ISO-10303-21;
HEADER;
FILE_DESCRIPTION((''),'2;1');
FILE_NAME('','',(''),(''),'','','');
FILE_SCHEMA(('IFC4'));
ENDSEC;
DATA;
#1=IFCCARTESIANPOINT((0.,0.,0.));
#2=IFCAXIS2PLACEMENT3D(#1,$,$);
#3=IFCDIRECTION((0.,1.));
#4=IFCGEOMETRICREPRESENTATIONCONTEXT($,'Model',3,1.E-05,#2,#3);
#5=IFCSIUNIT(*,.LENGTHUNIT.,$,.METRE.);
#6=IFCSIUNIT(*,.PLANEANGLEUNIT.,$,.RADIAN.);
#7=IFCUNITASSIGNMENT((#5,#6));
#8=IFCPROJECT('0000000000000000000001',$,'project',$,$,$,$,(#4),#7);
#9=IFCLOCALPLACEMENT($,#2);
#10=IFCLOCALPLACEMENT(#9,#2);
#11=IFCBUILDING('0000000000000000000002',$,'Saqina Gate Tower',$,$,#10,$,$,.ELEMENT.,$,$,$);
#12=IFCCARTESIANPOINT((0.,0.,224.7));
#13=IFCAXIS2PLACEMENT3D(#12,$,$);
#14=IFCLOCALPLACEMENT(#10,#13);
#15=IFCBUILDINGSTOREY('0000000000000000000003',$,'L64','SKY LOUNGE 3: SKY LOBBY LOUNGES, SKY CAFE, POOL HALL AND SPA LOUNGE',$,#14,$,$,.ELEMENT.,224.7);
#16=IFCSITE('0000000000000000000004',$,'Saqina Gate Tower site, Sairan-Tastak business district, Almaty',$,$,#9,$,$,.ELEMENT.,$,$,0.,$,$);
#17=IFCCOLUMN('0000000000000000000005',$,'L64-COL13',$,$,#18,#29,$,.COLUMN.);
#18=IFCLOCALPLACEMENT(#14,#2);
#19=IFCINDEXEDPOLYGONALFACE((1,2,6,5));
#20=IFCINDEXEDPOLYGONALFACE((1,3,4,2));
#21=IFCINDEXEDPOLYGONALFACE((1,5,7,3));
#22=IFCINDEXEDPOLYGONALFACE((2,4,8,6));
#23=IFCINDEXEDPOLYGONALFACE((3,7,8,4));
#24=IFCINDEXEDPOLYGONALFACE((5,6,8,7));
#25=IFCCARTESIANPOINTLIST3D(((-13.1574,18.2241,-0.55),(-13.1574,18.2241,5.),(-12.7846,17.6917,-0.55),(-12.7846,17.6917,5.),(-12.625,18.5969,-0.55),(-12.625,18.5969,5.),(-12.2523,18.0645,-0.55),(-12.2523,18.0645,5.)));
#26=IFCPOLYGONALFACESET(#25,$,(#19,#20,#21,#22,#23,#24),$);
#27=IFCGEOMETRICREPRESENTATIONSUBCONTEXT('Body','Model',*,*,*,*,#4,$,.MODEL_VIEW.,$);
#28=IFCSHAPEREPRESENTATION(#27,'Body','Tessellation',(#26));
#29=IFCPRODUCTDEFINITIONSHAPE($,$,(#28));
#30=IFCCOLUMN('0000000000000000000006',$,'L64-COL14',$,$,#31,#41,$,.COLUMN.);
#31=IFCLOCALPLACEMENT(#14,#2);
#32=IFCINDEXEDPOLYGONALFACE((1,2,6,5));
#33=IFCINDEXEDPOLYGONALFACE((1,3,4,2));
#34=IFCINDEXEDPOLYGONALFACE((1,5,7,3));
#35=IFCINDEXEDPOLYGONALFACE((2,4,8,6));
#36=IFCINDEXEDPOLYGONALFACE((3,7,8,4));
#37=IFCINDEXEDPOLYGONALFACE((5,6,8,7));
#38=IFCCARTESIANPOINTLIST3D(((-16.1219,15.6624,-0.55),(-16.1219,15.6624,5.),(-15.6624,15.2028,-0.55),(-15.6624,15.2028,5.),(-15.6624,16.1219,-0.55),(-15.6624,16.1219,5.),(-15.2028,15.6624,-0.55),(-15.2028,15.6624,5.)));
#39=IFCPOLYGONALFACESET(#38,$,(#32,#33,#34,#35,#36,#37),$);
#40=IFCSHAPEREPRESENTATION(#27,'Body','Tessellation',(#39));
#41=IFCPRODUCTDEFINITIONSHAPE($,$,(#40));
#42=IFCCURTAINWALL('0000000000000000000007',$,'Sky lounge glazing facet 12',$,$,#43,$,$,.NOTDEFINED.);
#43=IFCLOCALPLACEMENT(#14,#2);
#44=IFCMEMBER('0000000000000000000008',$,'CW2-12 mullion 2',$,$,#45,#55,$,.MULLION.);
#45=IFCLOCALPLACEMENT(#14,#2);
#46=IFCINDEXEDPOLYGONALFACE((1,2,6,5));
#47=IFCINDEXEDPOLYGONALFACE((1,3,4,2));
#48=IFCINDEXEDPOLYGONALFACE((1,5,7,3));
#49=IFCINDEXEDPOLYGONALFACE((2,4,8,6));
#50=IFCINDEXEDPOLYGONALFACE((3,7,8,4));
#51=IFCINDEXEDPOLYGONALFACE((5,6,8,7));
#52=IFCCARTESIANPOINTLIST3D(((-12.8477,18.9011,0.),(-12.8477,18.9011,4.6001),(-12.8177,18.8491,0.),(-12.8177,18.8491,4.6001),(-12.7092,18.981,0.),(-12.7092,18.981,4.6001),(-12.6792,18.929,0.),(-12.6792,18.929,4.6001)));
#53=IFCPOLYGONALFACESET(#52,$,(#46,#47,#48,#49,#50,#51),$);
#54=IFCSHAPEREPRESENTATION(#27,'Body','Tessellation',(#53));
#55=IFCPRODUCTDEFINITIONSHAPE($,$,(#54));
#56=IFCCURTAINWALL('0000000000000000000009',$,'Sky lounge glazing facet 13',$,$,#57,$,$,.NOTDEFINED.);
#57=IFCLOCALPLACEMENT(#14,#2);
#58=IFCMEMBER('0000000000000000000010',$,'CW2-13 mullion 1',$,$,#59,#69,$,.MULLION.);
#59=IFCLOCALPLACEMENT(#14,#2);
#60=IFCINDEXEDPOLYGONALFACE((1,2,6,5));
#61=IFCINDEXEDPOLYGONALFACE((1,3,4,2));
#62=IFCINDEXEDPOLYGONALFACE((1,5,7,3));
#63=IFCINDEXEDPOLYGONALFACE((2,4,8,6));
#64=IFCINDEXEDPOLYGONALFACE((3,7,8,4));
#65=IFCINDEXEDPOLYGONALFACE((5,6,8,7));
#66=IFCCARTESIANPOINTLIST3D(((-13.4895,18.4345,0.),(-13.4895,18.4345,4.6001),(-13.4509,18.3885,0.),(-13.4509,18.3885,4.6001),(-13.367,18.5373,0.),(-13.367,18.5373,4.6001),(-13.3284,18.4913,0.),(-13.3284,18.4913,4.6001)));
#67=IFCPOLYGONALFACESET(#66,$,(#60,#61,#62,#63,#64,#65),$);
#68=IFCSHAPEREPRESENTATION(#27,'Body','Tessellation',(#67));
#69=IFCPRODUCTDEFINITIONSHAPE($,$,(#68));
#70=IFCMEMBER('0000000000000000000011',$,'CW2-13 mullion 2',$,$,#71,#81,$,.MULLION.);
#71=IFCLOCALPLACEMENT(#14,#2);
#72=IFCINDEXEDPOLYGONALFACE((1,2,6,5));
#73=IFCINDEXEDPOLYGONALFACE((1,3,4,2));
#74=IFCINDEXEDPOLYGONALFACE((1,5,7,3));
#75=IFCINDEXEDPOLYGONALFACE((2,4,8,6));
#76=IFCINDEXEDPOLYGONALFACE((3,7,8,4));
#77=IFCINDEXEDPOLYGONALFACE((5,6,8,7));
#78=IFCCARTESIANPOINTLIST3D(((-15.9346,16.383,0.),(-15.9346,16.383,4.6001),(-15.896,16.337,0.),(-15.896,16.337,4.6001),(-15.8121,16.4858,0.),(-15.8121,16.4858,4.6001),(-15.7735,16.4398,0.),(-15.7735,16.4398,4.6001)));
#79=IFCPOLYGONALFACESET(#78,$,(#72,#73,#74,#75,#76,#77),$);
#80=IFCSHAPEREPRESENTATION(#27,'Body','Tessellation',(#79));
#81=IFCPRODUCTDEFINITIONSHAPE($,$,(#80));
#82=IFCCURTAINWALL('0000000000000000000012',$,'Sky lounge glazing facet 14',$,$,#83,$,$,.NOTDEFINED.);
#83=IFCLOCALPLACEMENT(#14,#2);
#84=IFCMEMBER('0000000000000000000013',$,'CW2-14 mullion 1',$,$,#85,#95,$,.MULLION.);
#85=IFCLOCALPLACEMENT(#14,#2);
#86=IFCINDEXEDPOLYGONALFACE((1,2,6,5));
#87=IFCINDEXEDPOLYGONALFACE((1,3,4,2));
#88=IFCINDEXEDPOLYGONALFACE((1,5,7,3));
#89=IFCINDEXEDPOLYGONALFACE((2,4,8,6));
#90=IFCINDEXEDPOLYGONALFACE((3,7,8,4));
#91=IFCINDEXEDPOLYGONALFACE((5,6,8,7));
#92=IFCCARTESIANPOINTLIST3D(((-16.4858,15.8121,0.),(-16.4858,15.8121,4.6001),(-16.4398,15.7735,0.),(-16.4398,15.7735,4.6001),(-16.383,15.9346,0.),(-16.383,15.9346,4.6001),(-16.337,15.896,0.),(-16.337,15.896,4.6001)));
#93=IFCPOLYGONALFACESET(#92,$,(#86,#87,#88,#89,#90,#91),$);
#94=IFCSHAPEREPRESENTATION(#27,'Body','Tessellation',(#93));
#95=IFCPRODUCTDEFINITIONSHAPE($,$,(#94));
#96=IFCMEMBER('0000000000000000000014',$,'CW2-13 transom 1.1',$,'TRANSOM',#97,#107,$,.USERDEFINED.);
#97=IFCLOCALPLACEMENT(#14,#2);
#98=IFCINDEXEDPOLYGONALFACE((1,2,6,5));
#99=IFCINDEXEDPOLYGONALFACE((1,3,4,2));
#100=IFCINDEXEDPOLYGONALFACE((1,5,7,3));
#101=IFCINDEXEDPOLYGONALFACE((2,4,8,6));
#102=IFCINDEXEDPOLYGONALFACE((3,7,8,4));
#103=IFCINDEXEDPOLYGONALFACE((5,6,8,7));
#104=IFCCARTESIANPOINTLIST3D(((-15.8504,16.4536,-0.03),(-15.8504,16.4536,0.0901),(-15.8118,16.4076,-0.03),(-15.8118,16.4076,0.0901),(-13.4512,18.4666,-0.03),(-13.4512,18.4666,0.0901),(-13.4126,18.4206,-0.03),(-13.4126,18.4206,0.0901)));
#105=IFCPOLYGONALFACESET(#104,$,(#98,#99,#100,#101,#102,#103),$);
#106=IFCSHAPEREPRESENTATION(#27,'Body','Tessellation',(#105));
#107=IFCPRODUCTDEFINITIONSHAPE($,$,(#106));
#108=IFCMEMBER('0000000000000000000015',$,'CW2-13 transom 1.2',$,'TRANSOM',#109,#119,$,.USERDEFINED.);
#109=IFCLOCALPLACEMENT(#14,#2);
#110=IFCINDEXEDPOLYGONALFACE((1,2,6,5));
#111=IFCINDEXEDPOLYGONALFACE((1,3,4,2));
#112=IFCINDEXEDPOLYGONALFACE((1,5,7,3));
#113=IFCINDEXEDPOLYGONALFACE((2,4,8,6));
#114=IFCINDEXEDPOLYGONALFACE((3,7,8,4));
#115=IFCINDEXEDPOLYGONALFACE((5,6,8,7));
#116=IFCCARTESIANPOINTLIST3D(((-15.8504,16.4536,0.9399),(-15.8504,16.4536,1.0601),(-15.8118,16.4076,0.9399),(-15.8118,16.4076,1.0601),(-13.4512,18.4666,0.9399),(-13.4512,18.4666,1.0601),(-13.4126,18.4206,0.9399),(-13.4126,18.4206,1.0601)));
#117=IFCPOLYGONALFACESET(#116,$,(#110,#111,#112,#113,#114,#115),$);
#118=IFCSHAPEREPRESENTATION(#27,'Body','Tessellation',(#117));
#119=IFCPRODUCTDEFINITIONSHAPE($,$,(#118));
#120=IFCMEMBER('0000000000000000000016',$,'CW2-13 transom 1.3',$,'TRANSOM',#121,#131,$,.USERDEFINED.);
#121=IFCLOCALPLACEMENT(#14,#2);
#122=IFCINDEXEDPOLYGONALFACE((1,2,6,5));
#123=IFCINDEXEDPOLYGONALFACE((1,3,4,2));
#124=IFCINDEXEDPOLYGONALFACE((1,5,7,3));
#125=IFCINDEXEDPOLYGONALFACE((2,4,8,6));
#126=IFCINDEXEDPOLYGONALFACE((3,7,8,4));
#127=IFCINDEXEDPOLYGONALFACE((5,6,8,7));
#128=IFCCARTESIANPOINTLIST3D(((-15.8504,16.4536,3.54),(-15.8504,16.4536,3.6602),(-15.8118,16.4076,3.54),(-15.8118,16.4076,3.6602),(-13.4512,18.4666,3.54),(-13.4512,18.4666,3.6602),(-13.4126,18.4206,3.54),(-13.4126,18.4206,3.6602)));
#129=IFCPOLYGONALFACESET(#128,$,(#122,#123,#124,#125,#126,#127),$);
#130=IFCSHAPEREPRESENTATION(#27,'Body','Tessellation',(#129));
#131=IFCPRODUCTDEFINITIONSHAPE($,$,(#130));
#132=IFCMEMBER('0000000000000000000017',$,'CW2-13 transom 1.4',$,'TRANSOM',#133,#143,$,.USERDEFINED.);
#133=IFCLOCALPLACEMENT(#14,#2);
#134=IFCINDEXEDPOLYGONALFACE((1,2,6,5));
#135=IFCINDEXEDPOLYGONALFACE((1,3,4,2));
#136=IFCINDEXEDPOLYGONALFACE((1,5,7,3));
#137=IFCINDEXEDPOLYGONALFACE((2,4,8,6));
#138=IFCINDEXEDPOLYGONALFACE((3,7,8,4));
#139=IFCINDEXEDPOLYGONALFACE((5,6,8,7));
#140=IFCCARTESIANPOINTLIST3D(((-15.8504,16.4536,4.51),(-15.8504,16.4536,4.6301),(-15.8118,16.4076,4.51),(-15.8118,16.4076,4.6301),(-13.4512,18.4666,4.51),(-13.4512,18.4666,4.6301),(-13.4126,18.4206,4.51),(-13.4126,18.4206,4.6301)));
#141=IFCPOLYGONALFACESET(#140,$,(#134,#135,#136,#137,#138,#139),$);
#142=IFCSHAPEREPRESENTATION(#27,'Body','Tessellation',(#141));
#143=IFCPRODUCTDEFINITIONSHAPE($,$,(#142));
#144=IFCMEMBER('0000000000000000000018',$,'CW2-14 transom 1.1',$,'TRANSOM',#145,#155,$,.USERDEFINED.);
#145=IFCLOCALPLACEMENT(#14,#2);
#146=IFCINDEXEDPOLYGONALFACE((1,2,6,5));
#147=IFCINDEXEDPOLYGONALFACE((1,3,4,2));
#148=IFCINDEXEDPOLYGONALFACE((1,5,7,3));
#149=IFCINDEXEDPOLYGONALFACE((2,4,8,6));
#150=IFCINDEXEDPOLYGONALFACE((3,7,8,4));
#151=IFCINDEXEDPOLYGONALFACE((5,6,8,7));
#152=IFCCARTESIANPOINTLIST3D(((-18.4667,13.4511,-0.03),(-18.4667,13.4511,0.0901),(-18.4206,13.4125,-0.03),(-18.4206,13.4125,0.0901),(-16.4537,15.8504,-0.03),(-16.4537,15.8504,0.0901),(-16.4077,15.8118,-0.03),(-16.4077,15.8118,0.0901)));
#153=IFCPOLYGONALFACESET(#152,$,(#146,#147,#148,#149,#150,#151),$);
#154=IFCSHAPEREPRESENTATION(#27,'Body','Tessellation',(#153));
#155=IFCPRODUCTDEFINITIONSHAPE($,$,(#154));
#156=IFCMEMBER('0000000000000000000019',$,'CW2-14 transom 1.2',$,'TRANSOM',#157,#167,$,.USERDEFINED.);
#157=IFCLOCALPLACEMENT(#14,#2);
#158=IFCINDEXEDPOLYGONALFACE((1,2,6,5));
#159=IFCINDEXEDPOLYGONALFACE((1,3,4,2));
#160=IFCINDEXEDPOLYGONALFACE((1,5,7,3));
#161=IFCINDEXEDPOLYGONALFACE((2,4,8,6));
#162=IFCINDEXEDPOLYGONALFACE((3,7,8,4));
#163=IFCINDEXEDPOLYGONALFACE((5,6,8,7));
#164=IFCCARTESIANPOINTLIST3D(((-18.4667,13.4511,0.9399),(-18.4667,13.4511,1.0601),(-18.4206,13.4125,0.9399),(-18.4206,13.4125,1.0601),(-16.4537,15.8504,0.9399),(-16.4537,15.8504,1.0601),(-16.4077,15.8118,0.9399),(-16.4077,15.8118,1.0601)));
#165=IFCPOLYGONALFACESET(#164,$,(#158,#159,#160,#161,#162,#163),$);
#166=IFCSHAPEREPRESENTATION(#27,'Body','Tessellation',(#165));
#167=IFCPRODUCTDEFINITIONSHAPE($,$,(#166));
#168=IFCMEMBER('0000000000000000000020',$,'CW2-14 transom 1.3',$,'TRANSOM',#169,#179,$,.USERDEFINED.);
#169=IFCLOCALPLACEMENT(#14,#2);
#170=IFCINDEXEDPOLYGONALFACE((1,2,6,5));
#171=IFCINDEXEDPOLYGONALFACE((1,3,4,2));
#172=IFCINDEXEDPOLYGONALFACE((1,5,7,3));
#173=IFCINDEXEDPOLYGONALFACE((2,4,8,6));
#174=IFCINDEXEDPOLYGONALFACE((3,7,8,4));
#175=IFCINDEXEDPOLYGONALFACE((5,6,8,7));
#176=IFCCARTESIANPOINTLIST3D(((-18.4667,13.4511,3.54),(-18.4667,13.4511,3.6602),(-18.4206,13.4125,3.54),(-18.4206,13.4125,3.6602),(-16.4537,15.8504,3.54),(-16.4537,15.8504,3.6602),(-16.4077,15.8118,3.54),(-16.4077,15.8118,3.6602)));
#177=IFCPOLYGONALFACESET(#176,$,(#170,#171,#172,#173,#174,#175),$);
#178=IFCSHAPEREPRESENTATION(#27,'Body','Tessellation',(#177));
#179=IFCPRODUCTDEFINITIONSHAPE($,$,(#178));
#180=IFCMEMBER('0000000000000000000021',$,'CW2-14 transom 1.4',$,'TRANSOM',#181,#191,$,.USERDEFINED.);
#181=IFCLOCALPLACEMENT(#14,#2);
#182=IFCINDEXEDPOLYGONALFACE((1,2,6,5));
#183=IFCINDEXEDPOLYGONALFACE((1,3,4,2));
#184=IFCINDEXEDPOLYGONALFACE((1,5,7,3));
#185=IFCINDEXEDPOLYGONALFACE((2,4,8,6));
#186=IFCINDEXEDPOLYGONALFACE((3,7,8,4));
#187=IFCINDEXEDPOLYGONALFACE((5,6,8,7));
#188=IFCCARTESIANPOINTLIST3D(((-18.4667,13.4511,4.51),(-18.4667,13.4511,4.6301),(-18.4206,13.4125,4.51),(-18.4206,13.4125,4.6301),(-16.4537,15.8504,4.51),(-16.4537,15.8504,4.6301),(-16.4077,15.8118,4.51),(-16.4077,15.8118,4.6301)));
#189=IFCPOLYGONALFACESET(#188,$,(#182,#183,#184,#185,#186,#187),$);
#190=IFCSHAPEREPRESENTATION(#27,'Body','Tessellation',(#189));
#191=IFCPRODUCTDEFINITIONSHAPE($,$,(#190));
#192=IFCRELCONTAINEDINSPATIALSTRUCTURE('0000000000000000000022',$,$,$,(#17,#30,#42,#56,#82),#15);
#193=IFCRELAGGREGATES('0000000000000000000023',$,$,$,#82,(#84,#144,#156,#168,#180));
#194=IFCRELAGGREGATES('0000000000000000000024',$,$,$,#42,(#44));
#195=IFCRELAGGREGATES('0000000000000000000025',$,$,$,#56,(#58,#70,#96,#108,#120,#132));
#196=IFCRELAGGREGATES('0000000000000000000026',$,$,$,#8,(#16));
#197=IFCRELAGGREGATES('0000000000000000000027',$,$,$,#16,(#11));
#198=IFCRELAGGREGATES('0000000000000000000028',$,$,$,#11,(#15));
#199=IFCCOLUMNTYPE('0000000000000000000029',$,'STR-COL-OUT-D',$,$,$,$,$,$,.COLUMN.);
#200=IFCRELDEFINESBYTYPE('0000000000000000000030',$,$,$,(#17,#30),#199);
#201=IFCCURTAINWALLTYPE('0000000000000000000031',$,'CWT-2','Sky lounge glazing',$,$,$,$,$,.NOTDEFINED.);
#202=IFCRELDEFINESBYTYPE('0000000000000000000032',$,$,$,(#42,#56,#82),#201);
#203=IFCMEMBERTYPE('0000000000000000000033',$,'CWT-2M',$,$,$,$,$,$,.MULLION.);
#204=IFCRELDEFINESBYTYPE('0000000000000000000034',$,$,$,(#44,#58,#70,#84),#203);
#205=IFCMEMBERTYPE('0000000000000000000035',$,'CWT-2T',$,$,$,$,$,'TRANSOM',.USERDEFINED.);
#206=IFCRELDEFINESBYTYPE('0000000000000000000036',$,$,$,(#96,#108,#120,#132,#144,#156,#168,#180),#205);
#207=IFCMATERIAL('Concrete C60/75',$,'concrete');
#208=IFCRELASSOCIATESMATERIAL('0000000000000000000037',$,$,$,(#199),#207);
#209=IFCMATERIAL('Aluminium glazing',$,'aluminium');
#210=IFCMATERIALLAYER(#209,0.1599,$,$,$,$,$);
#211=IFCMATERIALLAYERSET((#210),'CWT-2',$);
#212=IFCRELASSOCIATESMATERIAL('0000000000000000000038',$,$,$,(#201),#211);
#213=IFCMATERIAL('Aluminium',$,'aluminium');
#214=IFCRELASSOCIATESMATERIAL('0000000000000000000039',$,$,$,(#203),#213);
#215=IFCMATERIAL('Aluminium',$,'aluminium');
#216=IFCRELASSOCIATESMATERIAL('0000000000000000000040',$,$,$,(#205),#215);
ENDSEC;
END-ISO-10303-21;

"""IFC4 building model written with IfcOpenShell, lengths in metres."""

from ifc_helpers import new_model, si_unit, direction, frame, origin, origin_2d, place, context, subcontext, project, spatial, rectangle, extrude, material, layer, layer_set, material_profile, profile_set, type_object, element, aggregate, save


model = new_model("IFC4")

# Units and contexts
model_context = context("Model", 3, precision=1e-05, world=origin(), true_north=direction((0.0, 1.0)))
body_context = subcontext(model_context, "Body", "Model", "MODEL_VIEW")
ifc_project = project(units=[si_unit("LENGTHUNIT", "METRE"), si_unit("PLANEANGLEUNIT", "RADIAN")], contexts=[model_context])

# Site, building, storey
site_placement = place(None, origin())
site = spatial("IfcSite", under=ifc_project, at=site_placement, Name="Saqina Gate Tower site, Sairan-Tastak business district, Almaty", CompositionType="ELEMENT", RefElevation=0.0)
building_placement = place(site_placement, origin())
building = spatial("IfcBuilding", under=site, at=building_placement, Name="Saqina Gate Tower", CompositionType="ELEMENT")
storey_placement = place(building_placement, frame((0.0, 0.0, 224.7)))
storey = spatial("IfcBuildingStorey", under=building, at=storey_placement, Name="L64", Description="SKY LOUNGE 3: SKY LOBBY LOUNGES, SKY CAFE, POOL HALL AND SPA LOUNGE", CompositionType="ELEMENT", Elevation=224.7)

# Columns
ifc_material_1 = material(Name="Concrete C60/75", Category="concrete")
ifc_material_profile_1 = material_profile(ifc_material_1, rectangle(XDim=0.6499, YDim=0.6499, at=origin_2d()), Name="RC 650x650")
ifc_profile_set_1 = profile_set([ifc_material_profile_1], Name="Concrete C60/75")
column_type = type_object("IfcColumnType", Name="STR-COL-OUT-D", PredefinedType="COLUMN", material=ifc_profile_set_1)
for number, where, z_axis, x_axis, name in (
    (1, (-12.7048, 18.1443, -0.55), (0.0, 0.0, 1.0), (-0.573576, 0.819152, 0.0), "L64-COL13"),
    (2, (-15.6624, 15.6624, -0.55), (0.0, 0.0, 1.0), (-0.707107, 0.707107, 0.0), "L64-COL14"),
):
    element("IfcColumn", number, at=place(storey_placement, frame(where, z_axis=z_axis, x_axis=x_axis)), inside=storey, type_object=column_type, Name=name, PredefinedType="COLUMN", context=body_context, shape_type="SweptSolid", body=[
        extrude(rectangle(XDim=0.6499, YDim=0.6499, at=origin_2d()), origin(), (0.0, 0.0, 1.0), 5.55),
    ])

# Curtain wall, member
ifc_material_2 = material(Name="Aluminium glazing", Category="aluminium")
ifc_layer_1 = layer(ifc_material_2, 0.1599)
ifc_layer_set_1 = layer_set([ifc_layer_1], Name="CWT-2")
curtain_wall_type = type_object("IfcCurtainWallType", Name="CWT-2", Description="Sky lounge glazing", PredefinedType="NOTDEFINED", material=ifc_layer_set_1)
curtain_wall_1_placement = place(storey_placement, origin())
curtain_wall_1 = element("IfcCurtainWall", 3, at=curtain_wall_1_placement, inside=storey, type_object=curtain_wall_type, Name="Sky lounge glazing facet 12", PredefinedType="NOTDEFINED")
ifc_material_3 = material(Name="Aluminium", Category="aluminium")
ifc_material_profile_2 = material_profile(ifc_material_3, rectangle(XDim=0.0601, YDim=0.1599, at=origin_2d()), Name="Aluminium 60x160")
ifc_profile_set_2 = profile_set([ifc_material_profile_2], Name="Aluminium")
member_type_1 = type_object("IfcMemberType", Name="CWT-2M", PredefinedType="MULLION", material=ifc_profile_set_2)
member_1_placement = place(storey_placement, frame((-12.7634, 18.915, 0.0), z_axis=(0.0, 0.0, 1.0), x_axis=(0.499982, -0.866036, 0.0)))
member_1 = element("IfcMember", 4, at=member_1_placement, type_object=member_type_1, Name="CW2-12 mullion 2", PredefinedType="MULLION", context=body_context, shape_type="SweptSolid", body=[
    extrude(rectangle(XDim=0.0601, YDim=0.1599, at=origin_2d()), origin(), (0.0, 0.0, 1.0), 4.6001),
])

# Curtain wall, members
curtain_wall_2_placement = place(storey_placement, origin())
curtain_wall_2 = element("IfcCurtainWall", 5, at=curtain_wall_2_placement, inside=storey, type_object=curtain_wall_type, Name="Sky lounge glazing facet 13", PredefinedType="NOTDEFINED")
member_2_placement = place(storey_placement, frame((-13.4089, 18.4629, 0.0), z_axis=(0.0, 0.0, 1.0), x_axis=(0.642785, -0.766046, 0.0)))
member_2 = element("IfcMember", 6, at=member_2_placement, type_object=member_type_1, Name="CW2-13 mullion 1", PredefinedType="MULLION", context=body_context, shape_type="SweptSolid", body=[
    extrude(rectangle(XDim=0.0601, YDim=0.1599, at=origin_2d()), origin(), (0.0, 0.0, 1.0), 4.6001),
])
member_3_placement = place(storey_placement, frame((-15.854, 16.4114, 0.0), z_axis=(0.0, 0.0, 1.0), x_axis=(0.642785, -0.766046, 0.0)))
member_3 = element("IfcMember", 7, at=member_3_placement, type_object=member_type_1, Name="CW2-13 mullion 2", PredefinedType="MULLION", context=body_context, shape_type="SweptSolid", body=[
    extrude(rectangle(XDim=0.0601, YDim=0.1599, at=origin_2d()), origin(), (0.0, 0.0, 1.0), 4.6001),
])

# Curtain wall, member
curtain_wall_3_placement = place(storey_placement, origin())
curtain_wall_3 = element("IfcCurtainWall", 8, at=curtain_wall_3_placement, inside=storey, type_object=curtain_wall_type, Name="Sky lounge glazing facet 14", PredefinedType="NOTDEFINED")
member_4_placement = place(storey_placement, frame((-16.4114, 15.854, 0.0), z_axis=(0.0, 0.0, 1.0), x_axis=(0.766046, -0.642785, 0.0)))
member_4 = element("IfcMember", 9, at=member_4_placement, type_object=member_type_1, Name="CW2-14 mullion 1", PredefinedType="MULLION", context=body_context, shape_type="SweptSolid", body=[
    extrude(rectangle(XDim=0.0601, YDim=0.1599, at=origin_2d()), origin(), (0.0, 0.0, 1.0), 4.6001),
])

# Members
ifc_material_4 = material(Name="Aluminium", Category="aluminium")
ifc_material_profile_3 = material_profile(ifc_material_4, rectangle(XDim=0.0601, YDim=0.1201, at=origin_2d()), Name="Aluminium 60x120")
ifc_profile_set_3 = profile_set([ifc_material_profile_3], Name="Aluminium")
member_type_2 = type_object("IfcMemberType", Name="CWT-2T", ElementType="TRANSOM", PredefinedType="USERDEFINED", material=ifc_profile_set_3)
member_5_placement = place(storey_placement, frame((-13.4319, 18.4436, 0.03), z_axis=(-0.766076, -0.64275, 0.0), x_axis=(0.64275, -0.766076, 0.0)))
member_5 = element("IfcMember", 10, at=member_5_placement, type_object=member_type_2, Name="CW2-13 transom 1.1", ObjectType="TRANSOM", PredefinedType="USERDEFINED", context=body_context, shape_type="SweptSolid", body=[
    extrude(rectangle(XDim=0.0601, YDim=0.1201, at=origin_2d()), origin(), (0.0, 0.0, 1.0), 3.1318),
])
member_6_placement = place(storey_placement, frame((-13.4319, 18.4436, 1.0), z_axis=(-0.766076, -0.64275, 0.0), x_axis=(0.64275, -0.766076, 0.0)))
member_6 = element("IfcMember", 11, at=member_6_placement, type_object=member_type_2, Name="CW2-13 transom 1.2", ObjectType="TRANSOM", PredefinedType="USERDEFINED", context=body_context, shape_type="SweptSolid", body=[
    extrude(rectangle(XDim=0.0601, YDim=0.1201, at=origin_2d()), origin(), (0.0, 0.0, 1.0), 3.1318),
])
member_7_placement = place(storey_placement, frame((-13.4319, 18.4436, 3.6001), z_axis=(-0.766076, -0.64275, 0.0), x_axis=(0.64275, -0.766076, 0.0)))
member_7 = element("IfcMember", 12, at=member_7_placement, type_object=member_type_2, Name="CW2-13 transom 1.3", ObjectType="TRANSOM", PredefinedType="USERDEFINED", context=body_context, shape_type="SweptSolid", body=[
    extrude(rectangle(XDim=0.0601, YDim=0.1201, at=origin_2d()), origin(), (0.0, 0.0, 1.0), 3.1318),
])
member_8_placement = place(storey_placement, frame((-13.4319, 18.4436, 4.5701), z_axis=(-0.766076, -0.64275, 0.0), x_axis=(0.64275, -0.766076, 0.0)))
member_8 = element("IfcMember", 13, at=member_8_placement, type_object=member_type_2, Name="CW2-13 transom 1.4", ObjectType="TRANSOM", PredefinedType="USERDEFINED", context=body_context, shape_type="SweptSolid", body=[
    extrude(rectangle(XDim=0.0601, YDim=0.1201, at=origin_2d()), origin(), (0.0, 0.0, 1.0), 3.1318),
])
member_9_placement = place(storey_placement, frame((-16.4307, 15.8311, 0.03), z_axis=(-0.64275, -0.766076, 0.0), x_axis=(0.766076, -0.64275, 0.0)))
member_9 = element("IfcMember", 14, at=member_9_placement, type_object=member_type_2, Name="CW2-14 transom 1.1", ObjectType="TRANSOM", PredefinedType="USERDEFINED", context=body_context, shape_type="SweptSolid", body=[
    extrude(rectangle(XDim=0.0601, YDim=0.1201, at=origin_2d()), origin(), (0.0, 0.0, 1.0), 3.1318),
])
member_10_placement = place(storey_placement, frame((-16.4307, 15.8311, 1.0), z_axis=(-0.64275, -0.766076, 0.0), x_axis=(0.766076, -0.64275, 0.0)))
member_10 = element("IfcMember", 15, at=member_10_placement, type_object=member_type_2, Name="CW2-14 transom 1.2", ObjectType="TRANSOM", PredefinedType="USERDEFINED", context=body_context, shape_type="SweptSolid", body=[
    extrude(rectangle(XDim=0.0601, YDim=0.1201, at=origin_2d()), origin(), (0.0, 0.0, 1.0), 3.1318),
])
member_11_placement = place(storey_placement, frame((-16.4307, 15.8311, 3.6001), z_axis=(-0.64275, -0.766076, 0.0), x_axis=(0.766076, -0.64275, 0.0)))
member_11 = element("IfcMember", 16, at=member_11_placement, type_object=member_type_2, Name="CW2-14 transom 1.3", ObjectType="TRANSOM", PredefinedType="USERDEFINED", context=body_context, shape_type="SweptSolid", body=[
    extrude(rectangle(XDim=0.0601, YDim=0.1201, at=origin_2d()), origin(), (0.0, 0.0, 1.0), 3.1318),
])
member_12_placement = place(storey_placement, frame((-16.4307, 15.8311, 4.5701), z_axis=(-0.64275, -0.766076, 0.0), x_axis=(0.766076, -0.64275, 0.0)))
member_12 = element("IfcMember", 17, at=member_12_placement, type_object=member_type_2, Name="CW2-14 transom 1.4", ObjectType="TRANSOM", PredefinedType="USERDEFINED", context=body_context, shape_type="SweptSolid", body=[
    extrude(rectangle(XDim=0.0601, YDim=0.1201, at=origin_2d()), origin(), (0.0, 0.0, 1.0), 3.1318),
])
aggregate(curtain_wall_3, [member_4, member_9, member_10, member_11, member_12])

aggregate(curtain_wall_1, [member_1])
aggregate(curtain_wall_2, [member_2, member_3, member_5, member_6, member_7, member_8])

save(model, "model.ifc")
